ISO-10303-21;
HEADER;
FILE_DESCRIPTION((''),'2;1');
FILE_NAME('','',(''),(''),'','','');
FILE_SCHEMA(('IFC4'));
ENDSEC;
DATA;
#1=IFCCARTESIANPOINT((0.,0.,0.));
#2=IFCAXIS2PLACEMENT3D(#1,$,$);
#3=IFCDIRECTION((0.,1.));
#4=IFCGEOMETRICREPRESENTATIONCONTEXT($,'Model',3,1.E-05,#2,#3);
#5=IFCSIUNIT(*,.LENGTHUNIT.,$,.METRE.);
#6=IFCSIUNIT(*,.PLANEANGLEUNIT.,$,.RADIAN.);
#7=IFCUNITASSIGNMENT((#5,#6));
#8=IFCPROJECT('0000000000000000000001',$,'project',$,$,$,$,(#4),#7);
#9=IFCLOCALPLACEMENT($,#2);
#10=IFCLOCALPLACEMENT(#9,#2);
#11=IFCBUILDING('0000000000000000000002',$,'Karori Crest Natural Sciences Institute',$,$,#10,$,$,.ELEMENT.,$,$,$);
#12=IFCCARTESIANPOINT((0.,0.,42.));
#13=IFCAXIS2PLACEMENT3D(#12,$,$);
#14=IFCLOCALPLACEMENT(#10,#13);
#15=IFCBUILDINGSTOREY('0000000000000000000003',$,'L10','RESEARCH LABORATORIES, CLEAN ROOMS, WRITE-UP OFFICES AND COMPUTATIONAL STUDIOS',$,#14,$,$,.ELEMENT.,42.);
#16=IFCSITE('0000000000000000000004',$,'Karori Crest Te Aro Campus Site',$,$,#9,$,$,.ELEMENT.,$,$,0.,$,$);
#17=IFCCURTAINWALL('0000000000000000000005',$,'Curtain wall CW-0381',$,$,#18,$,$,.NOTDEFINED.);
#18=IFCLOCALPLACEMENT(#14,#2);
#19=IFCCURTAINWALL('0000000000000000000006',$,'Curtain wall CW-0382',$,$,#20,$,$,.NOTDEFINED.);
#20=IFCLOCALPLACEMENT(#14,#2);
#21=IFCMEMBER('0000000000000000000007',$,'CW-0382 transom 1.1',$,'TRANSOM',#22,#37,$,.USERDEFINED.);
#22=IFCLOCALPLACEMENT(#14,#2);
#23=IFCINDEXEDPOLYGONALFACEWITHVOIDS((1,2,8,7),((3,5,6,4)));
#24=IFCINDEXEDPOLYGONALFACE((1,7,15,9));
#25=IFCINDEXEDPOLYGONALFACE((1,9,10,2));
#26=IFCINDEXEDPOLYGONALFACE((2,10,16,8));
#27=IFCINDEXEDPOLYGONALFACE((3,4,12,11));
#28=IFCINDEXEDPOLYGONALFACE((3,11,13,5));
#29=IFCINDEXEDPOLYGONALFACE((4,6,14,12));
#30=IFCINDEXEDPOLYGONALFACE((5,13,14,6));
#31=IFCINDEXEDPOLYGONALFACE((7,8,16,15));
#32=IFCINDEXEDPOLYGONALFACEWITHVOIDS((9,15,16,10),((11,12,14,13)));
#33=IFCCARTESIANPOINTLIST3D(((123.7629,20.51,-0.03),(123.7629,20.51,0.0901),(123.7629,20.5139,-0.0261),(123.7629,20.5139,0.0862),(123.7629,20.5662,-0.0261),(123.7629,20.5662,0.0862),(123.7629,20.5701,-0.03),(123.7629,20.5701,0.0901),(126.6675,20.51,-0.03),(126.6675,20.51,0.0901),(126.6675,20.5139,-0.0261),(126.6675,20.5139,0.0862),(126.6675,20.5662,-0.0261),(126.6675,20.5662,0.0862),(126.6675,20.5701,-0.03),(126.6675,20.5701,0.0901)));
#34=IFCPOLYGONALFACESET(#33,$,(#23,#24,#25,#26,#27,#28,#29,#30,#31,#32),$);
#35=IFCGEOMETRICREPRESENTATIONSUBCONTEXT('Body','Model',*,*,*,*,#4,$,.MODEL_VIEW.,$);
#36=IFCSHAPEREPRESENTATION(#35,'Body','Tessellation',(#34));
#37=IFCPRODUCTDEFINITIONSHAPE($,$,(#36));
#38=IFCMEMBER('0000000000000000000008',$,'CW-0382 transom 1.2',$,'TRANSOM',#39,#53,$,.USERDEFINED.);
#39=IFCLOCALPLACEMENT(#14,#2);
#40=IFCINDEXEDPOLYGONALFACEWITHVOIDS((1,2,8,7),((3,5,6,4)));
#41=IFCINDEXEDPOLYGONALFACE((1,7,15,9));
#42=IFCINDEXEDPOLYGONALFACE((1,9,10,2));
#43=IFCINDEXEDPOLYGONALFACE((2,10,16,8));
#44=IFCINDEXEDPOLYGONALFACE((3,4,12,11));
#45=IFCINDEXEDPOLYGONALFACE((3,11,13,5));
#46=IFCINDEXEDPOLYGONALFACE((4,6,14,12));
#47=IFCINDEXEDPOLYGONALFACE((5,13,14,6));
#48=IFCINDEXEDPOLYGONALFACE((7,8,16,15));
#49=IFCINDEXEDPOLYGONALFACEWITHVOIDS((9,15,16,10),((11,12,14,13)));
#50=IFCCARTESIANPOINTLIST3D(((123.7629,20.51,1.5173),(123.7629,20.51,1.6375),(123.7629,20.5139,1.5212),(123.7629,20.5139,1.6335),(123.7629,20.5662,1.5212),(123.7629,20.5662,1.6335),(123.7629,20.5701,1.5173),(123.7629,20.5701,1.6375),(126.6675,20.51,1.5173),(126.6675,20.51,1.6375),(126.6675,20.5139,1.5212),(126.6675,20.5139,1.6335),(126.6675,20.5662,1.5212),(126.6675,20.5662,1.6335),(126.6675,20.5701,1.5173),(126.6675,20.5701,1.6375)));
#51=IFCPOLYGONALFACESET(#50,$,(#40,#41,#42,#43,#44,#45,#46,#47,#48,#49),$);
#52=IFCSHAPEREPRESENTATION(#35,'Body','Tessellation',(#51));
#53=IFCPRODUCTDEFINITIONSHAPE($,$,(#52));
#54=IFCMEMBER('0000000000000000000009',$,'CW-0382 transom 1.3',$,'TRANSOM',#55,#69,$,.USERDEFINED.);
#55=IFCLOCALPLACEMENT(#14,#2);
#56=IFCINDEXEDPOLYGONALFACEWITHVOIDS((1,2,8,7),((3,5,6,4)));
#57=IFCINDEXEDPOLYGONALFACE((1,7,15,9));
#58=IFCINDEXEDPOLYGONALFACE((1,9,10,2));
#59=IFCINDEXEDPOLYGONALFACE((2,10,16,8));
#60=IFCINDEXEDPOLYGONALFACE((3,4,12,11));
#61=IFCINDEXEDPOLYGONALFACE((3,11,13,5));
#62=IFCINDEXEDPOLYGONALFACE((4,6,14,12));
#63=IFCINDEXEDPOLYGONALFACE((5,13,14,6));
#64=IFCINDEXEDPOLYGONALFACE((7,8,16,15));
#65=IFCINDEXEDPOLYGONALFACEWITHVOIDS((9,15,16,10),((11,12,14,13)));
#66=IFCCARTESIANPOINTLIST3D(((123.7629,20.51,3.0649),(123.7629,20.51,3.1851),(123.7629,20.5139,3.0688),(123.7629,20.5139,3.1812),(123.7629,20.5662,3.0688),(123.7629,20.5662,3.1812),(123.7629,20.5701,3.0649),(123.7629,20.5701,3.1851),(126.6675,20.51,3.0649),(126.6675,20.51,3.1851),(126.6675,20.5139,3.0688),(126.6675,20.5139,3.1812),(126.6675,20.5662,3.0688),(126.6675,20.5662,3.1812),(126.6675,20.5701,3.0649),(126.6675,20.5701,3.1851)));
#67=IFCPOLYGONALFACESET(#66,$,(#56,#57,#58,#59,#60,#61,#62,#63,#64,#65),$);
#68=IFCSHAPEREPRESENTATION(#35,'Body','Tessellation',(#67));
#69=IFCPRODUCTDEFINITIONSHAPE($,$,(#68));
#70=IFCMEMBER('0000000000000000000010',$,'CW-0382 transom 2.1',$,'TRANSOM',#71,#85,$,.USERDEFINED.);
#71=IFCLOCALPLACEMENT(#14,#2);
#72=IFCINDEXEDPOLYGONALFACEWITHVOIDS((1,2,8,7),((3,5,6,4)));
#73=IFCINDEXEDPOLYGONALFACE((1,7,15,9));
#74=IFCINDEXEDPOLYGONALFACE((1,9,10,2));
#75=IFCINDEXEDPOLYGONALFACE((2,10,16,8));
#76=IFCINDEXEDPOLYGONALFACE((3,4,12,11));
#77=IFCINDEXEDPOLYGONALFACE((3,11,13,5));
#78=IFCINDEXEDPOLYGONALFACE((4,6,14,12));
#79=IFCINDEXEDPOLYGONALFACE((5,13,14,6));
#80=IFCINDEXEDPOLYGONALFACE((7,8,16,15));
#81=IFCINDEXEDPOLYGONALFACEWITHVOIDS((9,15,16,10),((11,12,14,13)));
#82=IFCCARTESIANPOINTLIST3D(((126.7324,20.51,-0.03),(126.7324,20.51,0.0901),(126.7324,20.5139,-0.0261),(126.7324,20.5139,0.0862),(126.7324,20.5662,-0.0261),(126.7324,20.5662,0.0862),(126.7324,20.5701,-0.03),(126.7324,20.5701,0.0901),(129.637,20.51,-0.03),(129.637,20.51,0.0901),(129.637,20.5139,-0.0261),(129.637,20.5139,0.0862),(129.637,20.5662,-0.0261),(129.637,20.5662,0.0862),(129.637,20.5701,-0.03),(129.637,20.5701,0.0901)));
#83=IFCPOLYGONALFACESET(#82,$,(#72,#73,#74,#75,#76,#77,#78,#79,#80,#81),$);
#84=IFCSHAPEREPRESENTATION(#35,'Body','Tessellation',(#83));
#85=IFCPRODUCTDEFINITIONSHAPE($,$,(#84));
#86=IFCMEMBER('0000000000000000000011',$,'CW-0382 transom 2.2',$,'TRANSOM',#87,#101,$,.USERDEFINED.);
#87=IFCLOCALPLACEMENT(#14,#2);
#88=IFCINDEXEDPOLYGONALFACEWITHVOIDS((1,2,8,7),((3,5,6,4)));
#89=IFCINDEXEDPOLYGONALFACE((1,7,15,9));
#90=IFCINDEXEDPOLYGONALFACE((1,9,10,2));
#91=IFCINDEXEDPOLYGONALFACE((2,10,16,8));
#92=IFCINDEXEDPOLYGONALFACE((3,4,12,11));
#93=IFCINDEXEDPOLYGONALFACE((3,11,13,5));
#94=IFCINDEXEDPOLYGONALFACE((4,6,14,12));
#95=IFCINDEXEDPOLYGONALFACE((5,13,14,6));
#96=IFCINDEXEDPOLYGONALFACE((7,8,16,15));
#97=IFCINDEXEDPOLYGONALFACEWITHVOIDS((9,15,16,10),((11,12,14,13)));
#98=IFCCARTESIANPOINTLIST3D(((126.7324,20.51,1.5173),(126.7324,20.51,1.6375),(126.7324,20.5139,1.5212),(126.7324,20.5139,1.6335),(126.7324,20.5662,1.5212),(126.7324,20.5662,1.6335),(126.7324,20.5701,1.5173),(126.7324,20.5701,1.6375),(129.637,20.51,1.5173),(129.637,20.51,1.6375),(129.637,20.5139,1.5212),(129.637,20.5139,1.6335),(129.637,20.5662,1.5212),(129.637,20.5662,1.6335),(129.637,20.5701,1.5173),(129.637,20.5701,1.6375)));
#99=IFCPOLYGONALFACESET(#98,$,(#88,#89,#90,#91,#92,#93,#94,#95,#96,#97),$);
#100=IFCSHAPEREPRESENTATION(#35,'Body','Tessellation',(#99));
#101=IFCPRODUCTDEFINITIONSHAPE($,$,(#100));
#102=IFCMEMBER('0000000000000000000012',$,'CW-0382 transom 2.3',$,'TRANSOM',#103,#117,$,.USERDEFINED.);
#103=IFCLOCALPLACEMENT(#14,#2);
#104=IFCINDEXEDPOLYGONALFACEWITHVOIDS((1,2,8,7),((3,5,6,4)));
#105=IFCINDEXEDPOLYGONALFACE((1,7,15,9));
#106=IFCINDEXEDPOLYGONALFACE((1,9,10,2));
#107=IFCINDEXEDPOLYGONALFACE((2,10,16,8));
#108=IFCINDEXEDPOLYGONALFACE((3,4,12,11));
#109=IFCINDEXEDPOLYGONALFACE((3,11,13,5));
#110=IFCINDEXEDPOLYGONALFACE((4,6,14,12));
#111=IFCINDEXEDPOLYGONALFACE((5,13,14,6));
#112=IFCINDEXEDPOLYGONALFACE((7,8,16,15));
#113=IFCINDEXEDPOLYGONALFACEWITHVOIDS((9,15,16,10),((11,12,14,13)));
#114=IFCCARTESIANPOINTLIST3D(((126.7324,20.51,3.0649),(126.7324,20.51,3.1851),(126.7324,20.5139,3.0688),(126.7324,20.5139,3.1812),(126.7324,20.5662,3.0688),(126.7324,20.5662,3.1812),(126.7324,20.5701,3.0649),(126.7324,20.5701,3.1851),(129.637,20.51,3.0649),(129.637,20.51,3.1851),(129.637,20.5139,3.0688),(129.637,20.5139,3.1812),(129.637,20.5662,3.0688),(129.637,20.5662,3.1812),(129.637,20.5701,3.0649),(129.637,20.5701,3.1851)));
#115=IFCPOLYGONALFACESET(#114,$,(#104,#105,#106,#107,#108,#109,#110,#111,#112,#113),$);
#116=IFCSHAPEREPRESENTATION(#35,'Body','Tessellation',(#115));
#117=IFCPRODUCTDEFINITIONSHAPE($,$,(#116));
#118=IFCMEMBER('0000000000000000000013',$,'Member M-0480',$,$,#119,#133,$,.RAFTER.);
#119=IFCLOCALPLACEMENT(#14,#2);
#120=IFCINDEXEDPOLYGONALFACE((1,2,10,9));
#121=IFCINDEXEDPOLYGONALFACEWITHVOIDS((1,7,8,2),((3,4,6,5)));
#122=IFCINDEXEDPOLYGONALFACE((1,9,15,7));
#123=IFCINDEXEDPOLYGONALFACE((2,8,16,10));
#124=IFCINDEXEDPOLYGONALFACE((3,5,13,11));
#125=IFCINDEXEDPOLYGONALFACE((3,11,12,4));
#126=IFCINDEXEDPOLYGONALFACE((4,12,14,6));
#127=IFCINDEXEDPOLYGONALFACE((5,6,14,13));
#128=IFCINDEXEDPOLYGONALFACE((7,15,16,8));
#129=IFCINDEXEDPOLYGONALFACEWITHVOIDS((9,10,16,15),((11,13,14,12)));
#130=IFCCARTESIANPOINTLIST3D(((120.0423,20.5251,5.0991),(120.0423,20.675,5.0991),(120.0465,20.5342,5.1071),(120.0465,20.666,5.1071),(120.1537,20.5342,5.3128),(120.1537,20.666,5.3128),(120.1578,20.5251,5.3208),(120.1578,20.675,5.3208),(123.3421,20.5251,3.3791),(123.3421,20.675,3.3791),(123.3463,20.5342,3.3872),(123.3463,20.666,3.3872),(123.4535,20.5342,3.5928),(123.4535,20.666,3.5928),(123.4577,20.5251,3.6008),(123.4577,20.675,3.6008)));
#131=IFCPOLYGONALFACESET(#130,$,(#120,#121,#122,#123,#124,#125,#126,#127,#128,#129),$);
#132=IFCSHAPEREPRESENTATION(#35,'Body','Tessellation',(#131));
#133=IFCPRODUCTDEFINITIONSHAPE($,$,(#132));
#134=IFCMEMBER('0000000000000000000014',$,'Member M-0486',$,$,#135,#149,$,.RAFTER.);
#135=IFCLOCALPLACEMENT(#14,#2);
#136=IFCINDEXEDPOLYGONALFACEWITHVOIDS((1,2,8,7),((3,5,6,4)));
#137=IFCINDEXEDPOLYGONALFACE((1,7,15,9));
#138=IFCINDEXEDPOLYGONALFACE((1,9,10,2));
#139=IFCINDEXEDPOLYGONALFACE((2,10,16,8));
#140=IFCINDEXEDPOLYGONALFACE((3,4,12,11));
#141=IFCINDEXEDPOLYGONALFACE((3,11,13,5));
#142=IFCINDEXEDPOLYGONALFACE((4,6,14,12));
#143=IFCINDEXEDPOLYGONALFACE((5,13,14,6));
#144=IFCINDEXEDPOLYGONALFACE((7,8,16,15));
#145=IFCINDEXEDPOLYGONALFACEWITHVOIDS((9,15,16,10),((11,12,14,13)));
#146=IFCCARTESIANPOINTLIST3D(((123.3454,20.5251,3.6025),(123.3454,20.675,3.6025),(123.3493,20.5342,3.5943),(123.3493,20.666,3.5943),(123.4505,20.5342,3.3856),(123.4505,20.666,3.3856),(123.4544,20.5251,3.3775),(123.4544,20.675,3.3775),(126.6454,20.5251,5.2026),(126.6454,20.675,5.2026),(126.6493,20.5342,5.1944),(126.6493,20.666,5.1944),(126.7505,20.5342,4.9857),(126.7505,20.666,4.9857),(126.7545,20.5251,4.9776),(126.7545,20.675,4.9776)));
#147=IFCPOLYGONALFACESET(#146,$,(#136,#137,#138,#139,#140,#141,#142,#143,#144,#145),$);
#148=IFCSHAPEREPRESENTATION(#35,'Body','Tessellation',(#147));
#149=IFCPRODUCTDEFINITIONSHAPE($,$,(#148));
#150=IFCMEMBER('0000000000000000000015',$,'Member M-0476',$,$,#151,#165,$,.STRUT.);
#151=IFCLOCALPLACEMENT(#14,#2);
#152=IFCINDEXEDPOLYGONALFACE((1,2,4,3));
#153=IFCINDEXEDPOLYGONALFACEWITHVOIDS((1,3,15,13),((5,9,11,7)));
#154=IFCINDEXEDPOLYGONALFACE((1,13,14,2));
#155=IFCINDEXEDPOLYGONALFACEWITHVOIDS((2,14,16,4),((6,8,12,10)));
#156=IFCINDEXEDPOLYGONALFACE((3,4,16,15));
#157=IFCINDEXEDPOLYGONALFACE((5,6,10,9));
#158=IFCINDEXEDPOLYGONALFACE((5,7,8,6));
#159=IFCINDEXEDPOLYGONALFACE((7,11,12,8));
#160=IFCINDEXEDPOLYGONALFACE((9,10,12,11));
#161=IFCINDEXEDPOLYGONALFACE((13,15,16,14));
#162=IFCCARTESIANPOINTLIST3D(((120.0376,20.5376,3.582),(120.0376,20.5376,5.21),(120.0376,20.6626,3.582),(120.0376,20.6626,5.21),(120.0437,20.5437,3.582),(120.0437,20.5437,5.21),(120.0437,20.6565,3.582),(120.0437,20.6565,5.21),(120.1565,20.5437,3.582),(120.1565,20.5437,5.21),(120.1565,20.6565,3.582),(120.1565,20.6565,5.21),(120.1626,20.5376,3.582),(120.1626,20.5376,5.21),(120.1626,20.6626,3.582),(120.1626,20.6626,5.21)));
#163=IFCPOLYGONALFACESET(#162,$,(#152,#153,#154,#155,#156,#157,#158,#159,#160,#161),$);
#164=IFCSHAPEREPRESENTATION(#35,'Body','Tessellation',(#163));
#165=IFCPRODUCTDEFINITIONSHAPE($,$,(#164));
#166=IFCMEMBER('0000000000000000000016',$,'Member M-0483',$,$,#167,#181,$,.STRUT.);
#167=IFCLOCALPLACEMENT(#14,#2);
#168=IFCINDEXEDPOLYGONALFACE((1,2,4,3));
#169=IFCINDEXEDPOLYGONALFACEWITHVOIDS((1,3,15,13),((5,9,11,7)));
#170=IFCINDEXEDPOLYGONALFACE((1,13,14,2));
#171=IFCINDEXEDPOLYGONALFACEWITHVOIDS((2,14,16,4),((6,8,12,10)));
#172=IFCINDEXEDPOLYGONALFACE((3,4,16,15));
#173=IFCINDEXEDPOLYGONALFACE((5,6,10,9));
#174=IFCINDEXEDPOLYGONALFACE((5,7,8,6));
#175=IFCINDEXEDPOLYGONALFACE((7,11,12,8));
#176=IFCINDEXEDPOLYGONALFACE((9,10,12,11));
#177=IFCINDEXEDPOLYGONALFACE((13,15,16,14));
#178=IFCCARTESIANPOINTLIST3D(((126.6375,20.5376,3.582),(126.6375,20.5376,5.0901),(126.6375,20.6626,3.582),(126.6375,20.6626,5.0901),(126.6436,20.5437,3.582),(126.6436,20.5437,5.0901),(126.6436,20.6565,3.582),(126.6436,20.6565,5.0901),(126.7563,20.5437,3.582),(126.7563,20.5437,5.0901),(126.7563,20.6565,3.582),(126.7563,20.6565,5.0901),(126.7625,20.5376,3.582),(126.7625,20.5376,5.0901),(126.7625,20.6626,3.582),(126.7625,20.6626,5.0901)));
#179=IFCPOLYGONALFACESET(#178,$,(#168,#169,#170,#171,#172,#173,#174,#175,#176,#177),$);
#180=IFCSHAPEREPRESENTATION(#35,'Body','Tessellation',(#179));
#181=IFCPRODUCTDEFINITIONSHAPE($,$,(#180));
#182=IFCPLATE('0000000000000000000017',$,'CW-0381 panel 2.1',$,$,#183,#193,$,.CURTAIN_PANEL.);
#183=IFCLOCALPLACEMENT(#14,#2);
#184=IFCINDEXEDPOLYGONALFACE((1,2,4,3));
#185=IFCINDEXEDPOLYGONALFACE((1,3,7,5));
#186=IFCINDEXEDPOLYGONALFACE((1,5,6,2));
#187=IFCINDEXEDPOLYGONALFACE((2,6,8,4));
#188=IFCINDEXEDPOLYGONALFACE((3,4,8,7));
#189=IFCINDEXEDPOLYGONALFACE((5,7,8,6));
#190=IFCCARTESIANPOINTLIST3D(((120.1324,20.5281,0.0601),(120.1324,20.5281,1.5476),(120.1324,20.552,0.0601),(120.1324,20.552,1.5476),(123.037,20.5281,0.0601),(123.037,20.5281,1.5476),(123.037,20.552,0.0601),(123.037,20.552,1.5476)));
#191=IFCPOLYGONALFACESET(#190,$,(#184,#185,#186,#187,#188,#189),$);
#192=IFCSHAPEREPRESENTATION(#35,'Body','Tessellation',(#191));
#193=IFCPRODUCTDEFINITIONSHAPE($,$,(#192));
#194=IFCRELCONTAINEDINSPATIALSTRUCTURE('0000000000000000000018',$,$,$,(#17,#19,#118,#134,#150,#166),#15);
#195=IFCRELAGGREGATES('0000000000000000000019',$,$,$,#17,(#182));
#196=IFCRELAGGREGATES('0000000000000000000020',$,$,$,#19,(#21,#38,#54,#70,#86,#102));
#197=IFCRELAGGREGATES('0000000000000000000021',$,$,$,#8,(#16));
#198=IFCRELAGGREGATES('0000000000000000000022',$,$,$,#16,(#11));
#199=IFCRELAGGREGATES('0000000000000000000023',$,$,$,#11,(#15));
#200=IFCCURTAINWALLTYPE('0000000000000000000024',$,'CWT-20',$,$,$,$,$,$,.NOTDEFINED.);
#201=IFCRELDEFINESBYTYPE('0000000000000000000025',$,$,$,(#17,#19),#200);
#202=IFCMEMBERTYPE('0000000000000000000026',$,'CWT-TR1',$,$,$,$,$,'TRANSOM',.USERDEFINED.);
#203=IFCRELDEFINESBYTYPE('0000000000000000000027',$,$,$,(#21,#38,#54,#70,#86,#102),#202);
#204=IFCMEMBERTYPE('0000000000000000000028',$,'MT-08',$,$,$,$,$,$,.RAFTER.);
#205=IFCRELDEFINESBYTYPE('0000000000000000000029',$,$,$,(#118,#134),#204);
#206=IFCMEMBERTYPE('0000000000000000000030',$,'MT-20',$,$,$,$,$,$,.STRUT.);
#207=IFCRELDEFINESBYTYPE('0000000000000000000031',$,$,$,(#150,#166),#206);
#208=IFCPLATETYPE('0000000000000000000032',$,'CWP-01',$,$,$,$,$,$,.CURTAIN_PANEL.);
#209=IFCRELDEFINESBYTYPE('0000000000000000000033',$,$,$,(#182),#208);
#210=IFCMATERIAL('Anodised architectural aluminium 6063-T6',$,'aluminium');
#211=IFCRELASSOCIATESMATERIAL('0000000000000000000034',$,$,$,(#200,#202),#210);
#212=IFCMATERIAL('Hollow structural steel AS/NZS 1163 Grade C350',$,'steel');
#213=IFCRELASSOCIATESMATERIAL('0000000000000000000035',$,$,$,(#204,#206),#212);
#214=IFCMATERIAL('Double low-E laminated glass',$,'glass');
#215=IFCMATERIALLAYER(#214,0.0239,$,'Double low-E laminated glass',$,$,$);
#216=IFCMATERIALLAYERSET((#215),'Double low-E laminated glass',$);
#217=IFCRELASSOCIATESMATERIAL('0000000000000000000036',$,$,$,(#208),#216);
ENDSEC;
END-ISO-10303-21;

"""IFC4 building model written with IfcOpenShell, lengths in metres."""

from ifc_helpers import new_model, si_unit, direction, frame, origin, origin_2d, place, context, subcontext, project, spatial, rectangle, hollow_rectangle, extrude, material, layer, layer_set, material_profile, profile_set, type_object, element, aggregate, save


model = new_model("IFC4")

# Units and contexts
model_context = context("Model", 3, precision=1e-05, world=origin(), true_north=direction((0.0, 1.0)))
body_context = subcontext(model_context, "Body", "Model", "MODEL_VIEW")
ifc_project = project(units=[si_unit("LENGTHUNIT", "METRE"), si_unit("PLANEANGLEUNIT", "RADIAN")], contexts=[model_context])

# Site, building, storey
site_placement = place(None, origin())
site = spatial("IfcSite", under=ifc_project, at=site_placement, Name="Karori Crest Te Aro Campus Site", CompositionType="ELEMENT", RefElevation=0.0)
building_placement = place(site_placement, origin())
building = spatial("IfcBuilding", under=site, at=building_placement, Name="Karori Crest Natural Sciences Institute", CompositionType="ELEMENT")
storey_placement = place(building_placement, frame((0.0, 0.0, 42.0)))
storey = spatial("IfcBuildingStorey", under=building, at=storey_placement, Name="L10", Description="RESEARCH LABORATORIES, CLEAN ROOMS, WRITE-UP OFFICES AND COMPUTATIONAL STUDIOS", CompositionType="ELEMENT", Elevation=42.0)

# Shared definitions
ifc_material_1 = material(Name="Hollow structural steel AS/NZS 1163 Grade C350", Category="steel")

# Curtain walls
ifc_material_2 = material(Name="Anodised architectural aluminium 6063-T6", Category="aluminium")
curtain_wall_type = type_object("IfcCurtainWallType", Name="CWT-20", PredefinedType="NOTDEFINED", material=ifc_material_2)
curtain_wall_1_placement = place(storey_placement, origin())
curtain_wall_1 = element("IfcCurtainWall", 1, at=curtain_wall_1_placement, inside=storey, type_object=curtain_wall_type, Name="Curtain wall CW-0381", PredefinedType="NOTDEFINED")
curtain_wall_2_placement = place(storey_placement, origin())
curtain_wall_2 = element("IfcCurtainWall", 2, at=curtain_wall_2_placement, inside=storey, type_object=curtain_wall_type, Name="Curtain wall CW-0382", PredefinedType="NOTDEFINED")

# Members
ifc_material_profile_1 = material_profile(ifc_material_2, hollow_rectangle(XDim=0.0601, YDim=0.1201, WallThickness=0.0039, at=origin_2d()), Name="CWT120x60x4")
ifc_profile_set_1 = profile_set([ifc_material_profile_1], Name="Anodised architectural aluminium 6063-T6")
member_type_1 = type_object("IfcMemberType", Name="CWT-TR1", ElementType="TRANSOM", PredefinedType="USERDEFINED", material=ifc_profile_set_1)
member_1_placement = place(storey_placement, frame((123.7629, 20.54, 0.03), z_axis=(1.0, 0.0, 0.0), x_axis=(0.0, 1.0, 0.0)))
member_1 = element("IfcMember", 3, at=member_1_placement, type_object=member_type_1, Name="CW-0382 transom 1.1", ObjectType="TRANSOM", PredefinedType="USERDEFINED", context=body_context, shape_type="SweptSolid", body=[
    extrude(hollow_rectangle(XDim=0.0601, YDim=0.1201, WallThickness=0.0039, at=origin_2d()), origin(), (0.0, 0.0, 1.0), 2.9045),
])
member_2_placement = place(storey_placement, frame((123.7629, 20.54, 1.5774), z_axis=(1.0, 0.0, 0.0), x_axis=(0.0, 1.0, 0.0)))
member_2 = element("IfcMember", 4, at=member_2_placement, type_object=member_type_1, Name="CW-0382 transom 1.2", ObjectType="TRANSOM", PredefinedType="USERDEFINED", context=body_context, shape_type="SweptSolid", body=[
    extrude(hollow_rectangle(XDim=0.0601, YDim=0.1201, WallThickness=0.0039, at=origin_2d()), origin(), (0.0, 0.0, 1.0), 2.9045),
])
member_3_placement = place(storey_placement, frame((123.7629, 20.54, 3.125), z_axis=(1.0, 0.0, 0.0), x_axis=(0.0, 1.0, 0.0)))
member_3 = element("IfcMember", 5, at=member_3_placement, type_object=member_type_1, Name="CW-0382 transom 1.3", ObjectType="TRANSOM", PredefinedType="USERDEFINED", context=body_context, shape_type="SweptSolid", body=[
    extrude(hollow_rectangle(XDim=0.0601, YDim=0.1201, WallThickness=0.0039, at=origin_2d()), origin(), (0.0, 0.0, 1.0), 2.9045),
])
member_4_placement = place(storey_placement, frame((126.7324, 20.54, 0.03), z_axis=(1.0, 0.0, 0.0), x_axis=(0.0, 1.0, 0.0)))
member_4 = element("IfcMember", 6, at=member_4_placement, type_object=member_type_1, Name="CW-0382 transom 2.1", ObjectType="TRANSOM", PredefinedType="USERDEFINED", context=body_context, shape_type="SweptSolid", body=[
    extrude(hollow_rectangle(XDim=0.0601, YDim=0.1201, WallThickness=0.0039, at=origin_2d()), origin(), (0.0, 0.0, 1.0), 2.9045),
])
member_5_placement = place(storey_placement, frame((126.7324, 20.54, 1.5774), z_axis=(1.0, 0.0, 0.0), x_axis=(0.0, 1.0, 0.0)))
member_5 = element("IfcMember", 7, at=member_5_placement, type_object=member_type_1, Name="CW-0382 transom 2.2", ObjectType="TRANSOM", PredefinedType="USERDEFINED", context=body_context, shape_type="SweptSolid", body=[
    extrude(hollow_rectangle(XDim=0.0601, YDim=0.1201, WallThickness=0.0039, at=origin_2d()), origin(), (0.0, 0.0, 1.0), 2.9045),
])
member_6_placement = place(storey_placement, frame((126.7324, 20.54, 3.125), z_axis=(1.0, 0.0, 0.0), x_axis=(0.0, 1.0, 0.0)))
member_6 = element("IfcMember", 8, at=member_6_placement, type_object=member_type_1, Name="CW-0382 transom 2.3", ObjectType="TRANSOM", PredefinedType="USERDEFINED", context=body_context, shape_type="SweptSolid", body=[
    extrude(hollow_rectangle(XDim=0.0601, YDim=0.1201, WallThickness=0.0039, at=origin_2d()), origin(), (0.0, 0.0, 1.0), 2.9045),
])

# Members
ifc_material_profile_2 = material_profile(ifc_material_1, hollow_rectangle(XDim=0.1499, YDim=0.25, WallThickness=0.009, at=origin_2d()), Name="RHS250x150x9")
ifc_profile_set_2 = profile_set([ifc_material_profile_2], Name="Hollow structural steel AS/NZS 1163 Grade C350")
member_type_2 = type_object("IfcMemberType", Name="MT-08", PredefinedType="RAFTER", material=ifc_profile_set_2)
member_7_placement = place(storey_placement, frame((123.3999, 20.6001, 3.49), z_axis=(-0.886768, 0.0, 0.462214), x_axis=(0.0, -1.0, 0.0)))
element("IfcMember", 9, at=member_7_placement, inside=storey, type_object=member_type_2, Name="Member M-0480", PredefinedType="RAFTER", context=body_context, shape_type="SweptSolid", body=[
    extrude(hollow_rectangle(XDim=0.1499, YDim=0.25, WallThickness=0.009, at=origin_2d()), origin(), (0.0, 0.0, 1.0), 3.7212),
])
member_8_placement = place(storey_placement, frame((123.3999, 20.6001, 3.49), z_axis=(0.899806, 0.0, 0.43629), x_axis=(0.0, 1.0, 0.0)))
element("IfcMember", 10, at=member_8_placement, inside=storey, type_object=member_type_2, Name="Member M-0486", PredefinedType="RAFTER", context=body_context, shape_type="SweptSolid", body=[
    extrude(hollow_rectangle(XDim=0.1499, YDim=0.25, WallThickness=0.009, at=origin_2d()), origin(), (0.0, 0.0, 1.0), 3.6675),
])
ifc_material_profile_3 = material_profile(ifc_material_1, hollow_rectangle(XDim=0.125, YDim=0.125, WallThickness=0.0061, at=origin_2d()), Name="SHS125x125x6")
ifc_profile_set_3 = profile_set([ifc_material_profile_3], Name="Hollow structural steel AS/NZS 1163 Grade C350")
member_type_3 = type_object("IfcMemberType", Name="MT-20", PredefinedType="STRUT", material=ifc_profile_set_3)
member_9_placement = place(storey_placement, frame((120.1001, 20.6001, 3.582), z_axis=(0.0, 0.0, 1.0), x_axis=(1.0, 0.0, 0.0)))
element("IfcMember", 11, at=member_9_placement, inside=storey, type_object=member_type_3, Name="Member M-0476", PredefinedType="STRUT", context=body_context, shape_type="SweptSolid", body=[
    extrude(hollow_rectangle(XDim=0.125, YDim=0.125, WallThickness=0.0061, at=origin_2d()), origin(), (0.0, 0.0, 1.0), 1.6279),
])
member_10_placement = place(storey_placement, frame((126.7, 20.6001, 3.582), z_axis=(0.0, 0.0, 1.0), x_axis=(1.0, 0.0, 0.0)))
element("IfcMember", 12, at=member_10_placement, inside=storey, type_object=member_type_3, Name="Member M-0483", PredefinedType="STRUT", context=body_context, shape_type="SweptSolid", body=[
    extrude(hollow_rectangle(XDim=0.125, YDim=0.125, WallThickness=0.0061, at=origin_2d()), origin(), (0.0, 0.0, 1.0), 1.5081),
])

# Plate
ifc_material_3 = material(Name="Double low-E laminated glass", Category="glass")
ifc_layer_1 = layer(ifc_material_3, 0.0239, Name="Double low-E laminated glass")
ifc_layer_set_1 = layer_set([ifc_layer_1], Name="Double low-E laminated glass")
plate_type_1 = type_object("IfcPlateType", Name="CWP-01", PredefinedType="CURTAIN_PANEL", material=ifc_layer_set_1)
plate_1_placement = place(storey_placement, frame((121.5847, 20.54, 0.0601), z_axis=(0.0, 0.0, 1.0), x_axis=(1.0, 0.0, 0.0)))
plate_1 = element("IfcPlate", 13, at=plate_1_placement, type_object=plate_type_1, Name="CW-0381 panel 2.1", PredefinedType="CURTAIN_PANEL", context=body_context, shape_type="SweptSolid", body=[
    extrude(rectangle(XDim=2.9045, YDim=0.0239, at=origin_2d()), origin(), (0.0, 0.0, 1.0), 1.4875),
])
aggregate(curtain_wall_1, [plate_1])
aggregate(curtain_wall_2, [member_1, member_2, member_3, member_4, member_5, member_6])

save(model, "model.ifc")
